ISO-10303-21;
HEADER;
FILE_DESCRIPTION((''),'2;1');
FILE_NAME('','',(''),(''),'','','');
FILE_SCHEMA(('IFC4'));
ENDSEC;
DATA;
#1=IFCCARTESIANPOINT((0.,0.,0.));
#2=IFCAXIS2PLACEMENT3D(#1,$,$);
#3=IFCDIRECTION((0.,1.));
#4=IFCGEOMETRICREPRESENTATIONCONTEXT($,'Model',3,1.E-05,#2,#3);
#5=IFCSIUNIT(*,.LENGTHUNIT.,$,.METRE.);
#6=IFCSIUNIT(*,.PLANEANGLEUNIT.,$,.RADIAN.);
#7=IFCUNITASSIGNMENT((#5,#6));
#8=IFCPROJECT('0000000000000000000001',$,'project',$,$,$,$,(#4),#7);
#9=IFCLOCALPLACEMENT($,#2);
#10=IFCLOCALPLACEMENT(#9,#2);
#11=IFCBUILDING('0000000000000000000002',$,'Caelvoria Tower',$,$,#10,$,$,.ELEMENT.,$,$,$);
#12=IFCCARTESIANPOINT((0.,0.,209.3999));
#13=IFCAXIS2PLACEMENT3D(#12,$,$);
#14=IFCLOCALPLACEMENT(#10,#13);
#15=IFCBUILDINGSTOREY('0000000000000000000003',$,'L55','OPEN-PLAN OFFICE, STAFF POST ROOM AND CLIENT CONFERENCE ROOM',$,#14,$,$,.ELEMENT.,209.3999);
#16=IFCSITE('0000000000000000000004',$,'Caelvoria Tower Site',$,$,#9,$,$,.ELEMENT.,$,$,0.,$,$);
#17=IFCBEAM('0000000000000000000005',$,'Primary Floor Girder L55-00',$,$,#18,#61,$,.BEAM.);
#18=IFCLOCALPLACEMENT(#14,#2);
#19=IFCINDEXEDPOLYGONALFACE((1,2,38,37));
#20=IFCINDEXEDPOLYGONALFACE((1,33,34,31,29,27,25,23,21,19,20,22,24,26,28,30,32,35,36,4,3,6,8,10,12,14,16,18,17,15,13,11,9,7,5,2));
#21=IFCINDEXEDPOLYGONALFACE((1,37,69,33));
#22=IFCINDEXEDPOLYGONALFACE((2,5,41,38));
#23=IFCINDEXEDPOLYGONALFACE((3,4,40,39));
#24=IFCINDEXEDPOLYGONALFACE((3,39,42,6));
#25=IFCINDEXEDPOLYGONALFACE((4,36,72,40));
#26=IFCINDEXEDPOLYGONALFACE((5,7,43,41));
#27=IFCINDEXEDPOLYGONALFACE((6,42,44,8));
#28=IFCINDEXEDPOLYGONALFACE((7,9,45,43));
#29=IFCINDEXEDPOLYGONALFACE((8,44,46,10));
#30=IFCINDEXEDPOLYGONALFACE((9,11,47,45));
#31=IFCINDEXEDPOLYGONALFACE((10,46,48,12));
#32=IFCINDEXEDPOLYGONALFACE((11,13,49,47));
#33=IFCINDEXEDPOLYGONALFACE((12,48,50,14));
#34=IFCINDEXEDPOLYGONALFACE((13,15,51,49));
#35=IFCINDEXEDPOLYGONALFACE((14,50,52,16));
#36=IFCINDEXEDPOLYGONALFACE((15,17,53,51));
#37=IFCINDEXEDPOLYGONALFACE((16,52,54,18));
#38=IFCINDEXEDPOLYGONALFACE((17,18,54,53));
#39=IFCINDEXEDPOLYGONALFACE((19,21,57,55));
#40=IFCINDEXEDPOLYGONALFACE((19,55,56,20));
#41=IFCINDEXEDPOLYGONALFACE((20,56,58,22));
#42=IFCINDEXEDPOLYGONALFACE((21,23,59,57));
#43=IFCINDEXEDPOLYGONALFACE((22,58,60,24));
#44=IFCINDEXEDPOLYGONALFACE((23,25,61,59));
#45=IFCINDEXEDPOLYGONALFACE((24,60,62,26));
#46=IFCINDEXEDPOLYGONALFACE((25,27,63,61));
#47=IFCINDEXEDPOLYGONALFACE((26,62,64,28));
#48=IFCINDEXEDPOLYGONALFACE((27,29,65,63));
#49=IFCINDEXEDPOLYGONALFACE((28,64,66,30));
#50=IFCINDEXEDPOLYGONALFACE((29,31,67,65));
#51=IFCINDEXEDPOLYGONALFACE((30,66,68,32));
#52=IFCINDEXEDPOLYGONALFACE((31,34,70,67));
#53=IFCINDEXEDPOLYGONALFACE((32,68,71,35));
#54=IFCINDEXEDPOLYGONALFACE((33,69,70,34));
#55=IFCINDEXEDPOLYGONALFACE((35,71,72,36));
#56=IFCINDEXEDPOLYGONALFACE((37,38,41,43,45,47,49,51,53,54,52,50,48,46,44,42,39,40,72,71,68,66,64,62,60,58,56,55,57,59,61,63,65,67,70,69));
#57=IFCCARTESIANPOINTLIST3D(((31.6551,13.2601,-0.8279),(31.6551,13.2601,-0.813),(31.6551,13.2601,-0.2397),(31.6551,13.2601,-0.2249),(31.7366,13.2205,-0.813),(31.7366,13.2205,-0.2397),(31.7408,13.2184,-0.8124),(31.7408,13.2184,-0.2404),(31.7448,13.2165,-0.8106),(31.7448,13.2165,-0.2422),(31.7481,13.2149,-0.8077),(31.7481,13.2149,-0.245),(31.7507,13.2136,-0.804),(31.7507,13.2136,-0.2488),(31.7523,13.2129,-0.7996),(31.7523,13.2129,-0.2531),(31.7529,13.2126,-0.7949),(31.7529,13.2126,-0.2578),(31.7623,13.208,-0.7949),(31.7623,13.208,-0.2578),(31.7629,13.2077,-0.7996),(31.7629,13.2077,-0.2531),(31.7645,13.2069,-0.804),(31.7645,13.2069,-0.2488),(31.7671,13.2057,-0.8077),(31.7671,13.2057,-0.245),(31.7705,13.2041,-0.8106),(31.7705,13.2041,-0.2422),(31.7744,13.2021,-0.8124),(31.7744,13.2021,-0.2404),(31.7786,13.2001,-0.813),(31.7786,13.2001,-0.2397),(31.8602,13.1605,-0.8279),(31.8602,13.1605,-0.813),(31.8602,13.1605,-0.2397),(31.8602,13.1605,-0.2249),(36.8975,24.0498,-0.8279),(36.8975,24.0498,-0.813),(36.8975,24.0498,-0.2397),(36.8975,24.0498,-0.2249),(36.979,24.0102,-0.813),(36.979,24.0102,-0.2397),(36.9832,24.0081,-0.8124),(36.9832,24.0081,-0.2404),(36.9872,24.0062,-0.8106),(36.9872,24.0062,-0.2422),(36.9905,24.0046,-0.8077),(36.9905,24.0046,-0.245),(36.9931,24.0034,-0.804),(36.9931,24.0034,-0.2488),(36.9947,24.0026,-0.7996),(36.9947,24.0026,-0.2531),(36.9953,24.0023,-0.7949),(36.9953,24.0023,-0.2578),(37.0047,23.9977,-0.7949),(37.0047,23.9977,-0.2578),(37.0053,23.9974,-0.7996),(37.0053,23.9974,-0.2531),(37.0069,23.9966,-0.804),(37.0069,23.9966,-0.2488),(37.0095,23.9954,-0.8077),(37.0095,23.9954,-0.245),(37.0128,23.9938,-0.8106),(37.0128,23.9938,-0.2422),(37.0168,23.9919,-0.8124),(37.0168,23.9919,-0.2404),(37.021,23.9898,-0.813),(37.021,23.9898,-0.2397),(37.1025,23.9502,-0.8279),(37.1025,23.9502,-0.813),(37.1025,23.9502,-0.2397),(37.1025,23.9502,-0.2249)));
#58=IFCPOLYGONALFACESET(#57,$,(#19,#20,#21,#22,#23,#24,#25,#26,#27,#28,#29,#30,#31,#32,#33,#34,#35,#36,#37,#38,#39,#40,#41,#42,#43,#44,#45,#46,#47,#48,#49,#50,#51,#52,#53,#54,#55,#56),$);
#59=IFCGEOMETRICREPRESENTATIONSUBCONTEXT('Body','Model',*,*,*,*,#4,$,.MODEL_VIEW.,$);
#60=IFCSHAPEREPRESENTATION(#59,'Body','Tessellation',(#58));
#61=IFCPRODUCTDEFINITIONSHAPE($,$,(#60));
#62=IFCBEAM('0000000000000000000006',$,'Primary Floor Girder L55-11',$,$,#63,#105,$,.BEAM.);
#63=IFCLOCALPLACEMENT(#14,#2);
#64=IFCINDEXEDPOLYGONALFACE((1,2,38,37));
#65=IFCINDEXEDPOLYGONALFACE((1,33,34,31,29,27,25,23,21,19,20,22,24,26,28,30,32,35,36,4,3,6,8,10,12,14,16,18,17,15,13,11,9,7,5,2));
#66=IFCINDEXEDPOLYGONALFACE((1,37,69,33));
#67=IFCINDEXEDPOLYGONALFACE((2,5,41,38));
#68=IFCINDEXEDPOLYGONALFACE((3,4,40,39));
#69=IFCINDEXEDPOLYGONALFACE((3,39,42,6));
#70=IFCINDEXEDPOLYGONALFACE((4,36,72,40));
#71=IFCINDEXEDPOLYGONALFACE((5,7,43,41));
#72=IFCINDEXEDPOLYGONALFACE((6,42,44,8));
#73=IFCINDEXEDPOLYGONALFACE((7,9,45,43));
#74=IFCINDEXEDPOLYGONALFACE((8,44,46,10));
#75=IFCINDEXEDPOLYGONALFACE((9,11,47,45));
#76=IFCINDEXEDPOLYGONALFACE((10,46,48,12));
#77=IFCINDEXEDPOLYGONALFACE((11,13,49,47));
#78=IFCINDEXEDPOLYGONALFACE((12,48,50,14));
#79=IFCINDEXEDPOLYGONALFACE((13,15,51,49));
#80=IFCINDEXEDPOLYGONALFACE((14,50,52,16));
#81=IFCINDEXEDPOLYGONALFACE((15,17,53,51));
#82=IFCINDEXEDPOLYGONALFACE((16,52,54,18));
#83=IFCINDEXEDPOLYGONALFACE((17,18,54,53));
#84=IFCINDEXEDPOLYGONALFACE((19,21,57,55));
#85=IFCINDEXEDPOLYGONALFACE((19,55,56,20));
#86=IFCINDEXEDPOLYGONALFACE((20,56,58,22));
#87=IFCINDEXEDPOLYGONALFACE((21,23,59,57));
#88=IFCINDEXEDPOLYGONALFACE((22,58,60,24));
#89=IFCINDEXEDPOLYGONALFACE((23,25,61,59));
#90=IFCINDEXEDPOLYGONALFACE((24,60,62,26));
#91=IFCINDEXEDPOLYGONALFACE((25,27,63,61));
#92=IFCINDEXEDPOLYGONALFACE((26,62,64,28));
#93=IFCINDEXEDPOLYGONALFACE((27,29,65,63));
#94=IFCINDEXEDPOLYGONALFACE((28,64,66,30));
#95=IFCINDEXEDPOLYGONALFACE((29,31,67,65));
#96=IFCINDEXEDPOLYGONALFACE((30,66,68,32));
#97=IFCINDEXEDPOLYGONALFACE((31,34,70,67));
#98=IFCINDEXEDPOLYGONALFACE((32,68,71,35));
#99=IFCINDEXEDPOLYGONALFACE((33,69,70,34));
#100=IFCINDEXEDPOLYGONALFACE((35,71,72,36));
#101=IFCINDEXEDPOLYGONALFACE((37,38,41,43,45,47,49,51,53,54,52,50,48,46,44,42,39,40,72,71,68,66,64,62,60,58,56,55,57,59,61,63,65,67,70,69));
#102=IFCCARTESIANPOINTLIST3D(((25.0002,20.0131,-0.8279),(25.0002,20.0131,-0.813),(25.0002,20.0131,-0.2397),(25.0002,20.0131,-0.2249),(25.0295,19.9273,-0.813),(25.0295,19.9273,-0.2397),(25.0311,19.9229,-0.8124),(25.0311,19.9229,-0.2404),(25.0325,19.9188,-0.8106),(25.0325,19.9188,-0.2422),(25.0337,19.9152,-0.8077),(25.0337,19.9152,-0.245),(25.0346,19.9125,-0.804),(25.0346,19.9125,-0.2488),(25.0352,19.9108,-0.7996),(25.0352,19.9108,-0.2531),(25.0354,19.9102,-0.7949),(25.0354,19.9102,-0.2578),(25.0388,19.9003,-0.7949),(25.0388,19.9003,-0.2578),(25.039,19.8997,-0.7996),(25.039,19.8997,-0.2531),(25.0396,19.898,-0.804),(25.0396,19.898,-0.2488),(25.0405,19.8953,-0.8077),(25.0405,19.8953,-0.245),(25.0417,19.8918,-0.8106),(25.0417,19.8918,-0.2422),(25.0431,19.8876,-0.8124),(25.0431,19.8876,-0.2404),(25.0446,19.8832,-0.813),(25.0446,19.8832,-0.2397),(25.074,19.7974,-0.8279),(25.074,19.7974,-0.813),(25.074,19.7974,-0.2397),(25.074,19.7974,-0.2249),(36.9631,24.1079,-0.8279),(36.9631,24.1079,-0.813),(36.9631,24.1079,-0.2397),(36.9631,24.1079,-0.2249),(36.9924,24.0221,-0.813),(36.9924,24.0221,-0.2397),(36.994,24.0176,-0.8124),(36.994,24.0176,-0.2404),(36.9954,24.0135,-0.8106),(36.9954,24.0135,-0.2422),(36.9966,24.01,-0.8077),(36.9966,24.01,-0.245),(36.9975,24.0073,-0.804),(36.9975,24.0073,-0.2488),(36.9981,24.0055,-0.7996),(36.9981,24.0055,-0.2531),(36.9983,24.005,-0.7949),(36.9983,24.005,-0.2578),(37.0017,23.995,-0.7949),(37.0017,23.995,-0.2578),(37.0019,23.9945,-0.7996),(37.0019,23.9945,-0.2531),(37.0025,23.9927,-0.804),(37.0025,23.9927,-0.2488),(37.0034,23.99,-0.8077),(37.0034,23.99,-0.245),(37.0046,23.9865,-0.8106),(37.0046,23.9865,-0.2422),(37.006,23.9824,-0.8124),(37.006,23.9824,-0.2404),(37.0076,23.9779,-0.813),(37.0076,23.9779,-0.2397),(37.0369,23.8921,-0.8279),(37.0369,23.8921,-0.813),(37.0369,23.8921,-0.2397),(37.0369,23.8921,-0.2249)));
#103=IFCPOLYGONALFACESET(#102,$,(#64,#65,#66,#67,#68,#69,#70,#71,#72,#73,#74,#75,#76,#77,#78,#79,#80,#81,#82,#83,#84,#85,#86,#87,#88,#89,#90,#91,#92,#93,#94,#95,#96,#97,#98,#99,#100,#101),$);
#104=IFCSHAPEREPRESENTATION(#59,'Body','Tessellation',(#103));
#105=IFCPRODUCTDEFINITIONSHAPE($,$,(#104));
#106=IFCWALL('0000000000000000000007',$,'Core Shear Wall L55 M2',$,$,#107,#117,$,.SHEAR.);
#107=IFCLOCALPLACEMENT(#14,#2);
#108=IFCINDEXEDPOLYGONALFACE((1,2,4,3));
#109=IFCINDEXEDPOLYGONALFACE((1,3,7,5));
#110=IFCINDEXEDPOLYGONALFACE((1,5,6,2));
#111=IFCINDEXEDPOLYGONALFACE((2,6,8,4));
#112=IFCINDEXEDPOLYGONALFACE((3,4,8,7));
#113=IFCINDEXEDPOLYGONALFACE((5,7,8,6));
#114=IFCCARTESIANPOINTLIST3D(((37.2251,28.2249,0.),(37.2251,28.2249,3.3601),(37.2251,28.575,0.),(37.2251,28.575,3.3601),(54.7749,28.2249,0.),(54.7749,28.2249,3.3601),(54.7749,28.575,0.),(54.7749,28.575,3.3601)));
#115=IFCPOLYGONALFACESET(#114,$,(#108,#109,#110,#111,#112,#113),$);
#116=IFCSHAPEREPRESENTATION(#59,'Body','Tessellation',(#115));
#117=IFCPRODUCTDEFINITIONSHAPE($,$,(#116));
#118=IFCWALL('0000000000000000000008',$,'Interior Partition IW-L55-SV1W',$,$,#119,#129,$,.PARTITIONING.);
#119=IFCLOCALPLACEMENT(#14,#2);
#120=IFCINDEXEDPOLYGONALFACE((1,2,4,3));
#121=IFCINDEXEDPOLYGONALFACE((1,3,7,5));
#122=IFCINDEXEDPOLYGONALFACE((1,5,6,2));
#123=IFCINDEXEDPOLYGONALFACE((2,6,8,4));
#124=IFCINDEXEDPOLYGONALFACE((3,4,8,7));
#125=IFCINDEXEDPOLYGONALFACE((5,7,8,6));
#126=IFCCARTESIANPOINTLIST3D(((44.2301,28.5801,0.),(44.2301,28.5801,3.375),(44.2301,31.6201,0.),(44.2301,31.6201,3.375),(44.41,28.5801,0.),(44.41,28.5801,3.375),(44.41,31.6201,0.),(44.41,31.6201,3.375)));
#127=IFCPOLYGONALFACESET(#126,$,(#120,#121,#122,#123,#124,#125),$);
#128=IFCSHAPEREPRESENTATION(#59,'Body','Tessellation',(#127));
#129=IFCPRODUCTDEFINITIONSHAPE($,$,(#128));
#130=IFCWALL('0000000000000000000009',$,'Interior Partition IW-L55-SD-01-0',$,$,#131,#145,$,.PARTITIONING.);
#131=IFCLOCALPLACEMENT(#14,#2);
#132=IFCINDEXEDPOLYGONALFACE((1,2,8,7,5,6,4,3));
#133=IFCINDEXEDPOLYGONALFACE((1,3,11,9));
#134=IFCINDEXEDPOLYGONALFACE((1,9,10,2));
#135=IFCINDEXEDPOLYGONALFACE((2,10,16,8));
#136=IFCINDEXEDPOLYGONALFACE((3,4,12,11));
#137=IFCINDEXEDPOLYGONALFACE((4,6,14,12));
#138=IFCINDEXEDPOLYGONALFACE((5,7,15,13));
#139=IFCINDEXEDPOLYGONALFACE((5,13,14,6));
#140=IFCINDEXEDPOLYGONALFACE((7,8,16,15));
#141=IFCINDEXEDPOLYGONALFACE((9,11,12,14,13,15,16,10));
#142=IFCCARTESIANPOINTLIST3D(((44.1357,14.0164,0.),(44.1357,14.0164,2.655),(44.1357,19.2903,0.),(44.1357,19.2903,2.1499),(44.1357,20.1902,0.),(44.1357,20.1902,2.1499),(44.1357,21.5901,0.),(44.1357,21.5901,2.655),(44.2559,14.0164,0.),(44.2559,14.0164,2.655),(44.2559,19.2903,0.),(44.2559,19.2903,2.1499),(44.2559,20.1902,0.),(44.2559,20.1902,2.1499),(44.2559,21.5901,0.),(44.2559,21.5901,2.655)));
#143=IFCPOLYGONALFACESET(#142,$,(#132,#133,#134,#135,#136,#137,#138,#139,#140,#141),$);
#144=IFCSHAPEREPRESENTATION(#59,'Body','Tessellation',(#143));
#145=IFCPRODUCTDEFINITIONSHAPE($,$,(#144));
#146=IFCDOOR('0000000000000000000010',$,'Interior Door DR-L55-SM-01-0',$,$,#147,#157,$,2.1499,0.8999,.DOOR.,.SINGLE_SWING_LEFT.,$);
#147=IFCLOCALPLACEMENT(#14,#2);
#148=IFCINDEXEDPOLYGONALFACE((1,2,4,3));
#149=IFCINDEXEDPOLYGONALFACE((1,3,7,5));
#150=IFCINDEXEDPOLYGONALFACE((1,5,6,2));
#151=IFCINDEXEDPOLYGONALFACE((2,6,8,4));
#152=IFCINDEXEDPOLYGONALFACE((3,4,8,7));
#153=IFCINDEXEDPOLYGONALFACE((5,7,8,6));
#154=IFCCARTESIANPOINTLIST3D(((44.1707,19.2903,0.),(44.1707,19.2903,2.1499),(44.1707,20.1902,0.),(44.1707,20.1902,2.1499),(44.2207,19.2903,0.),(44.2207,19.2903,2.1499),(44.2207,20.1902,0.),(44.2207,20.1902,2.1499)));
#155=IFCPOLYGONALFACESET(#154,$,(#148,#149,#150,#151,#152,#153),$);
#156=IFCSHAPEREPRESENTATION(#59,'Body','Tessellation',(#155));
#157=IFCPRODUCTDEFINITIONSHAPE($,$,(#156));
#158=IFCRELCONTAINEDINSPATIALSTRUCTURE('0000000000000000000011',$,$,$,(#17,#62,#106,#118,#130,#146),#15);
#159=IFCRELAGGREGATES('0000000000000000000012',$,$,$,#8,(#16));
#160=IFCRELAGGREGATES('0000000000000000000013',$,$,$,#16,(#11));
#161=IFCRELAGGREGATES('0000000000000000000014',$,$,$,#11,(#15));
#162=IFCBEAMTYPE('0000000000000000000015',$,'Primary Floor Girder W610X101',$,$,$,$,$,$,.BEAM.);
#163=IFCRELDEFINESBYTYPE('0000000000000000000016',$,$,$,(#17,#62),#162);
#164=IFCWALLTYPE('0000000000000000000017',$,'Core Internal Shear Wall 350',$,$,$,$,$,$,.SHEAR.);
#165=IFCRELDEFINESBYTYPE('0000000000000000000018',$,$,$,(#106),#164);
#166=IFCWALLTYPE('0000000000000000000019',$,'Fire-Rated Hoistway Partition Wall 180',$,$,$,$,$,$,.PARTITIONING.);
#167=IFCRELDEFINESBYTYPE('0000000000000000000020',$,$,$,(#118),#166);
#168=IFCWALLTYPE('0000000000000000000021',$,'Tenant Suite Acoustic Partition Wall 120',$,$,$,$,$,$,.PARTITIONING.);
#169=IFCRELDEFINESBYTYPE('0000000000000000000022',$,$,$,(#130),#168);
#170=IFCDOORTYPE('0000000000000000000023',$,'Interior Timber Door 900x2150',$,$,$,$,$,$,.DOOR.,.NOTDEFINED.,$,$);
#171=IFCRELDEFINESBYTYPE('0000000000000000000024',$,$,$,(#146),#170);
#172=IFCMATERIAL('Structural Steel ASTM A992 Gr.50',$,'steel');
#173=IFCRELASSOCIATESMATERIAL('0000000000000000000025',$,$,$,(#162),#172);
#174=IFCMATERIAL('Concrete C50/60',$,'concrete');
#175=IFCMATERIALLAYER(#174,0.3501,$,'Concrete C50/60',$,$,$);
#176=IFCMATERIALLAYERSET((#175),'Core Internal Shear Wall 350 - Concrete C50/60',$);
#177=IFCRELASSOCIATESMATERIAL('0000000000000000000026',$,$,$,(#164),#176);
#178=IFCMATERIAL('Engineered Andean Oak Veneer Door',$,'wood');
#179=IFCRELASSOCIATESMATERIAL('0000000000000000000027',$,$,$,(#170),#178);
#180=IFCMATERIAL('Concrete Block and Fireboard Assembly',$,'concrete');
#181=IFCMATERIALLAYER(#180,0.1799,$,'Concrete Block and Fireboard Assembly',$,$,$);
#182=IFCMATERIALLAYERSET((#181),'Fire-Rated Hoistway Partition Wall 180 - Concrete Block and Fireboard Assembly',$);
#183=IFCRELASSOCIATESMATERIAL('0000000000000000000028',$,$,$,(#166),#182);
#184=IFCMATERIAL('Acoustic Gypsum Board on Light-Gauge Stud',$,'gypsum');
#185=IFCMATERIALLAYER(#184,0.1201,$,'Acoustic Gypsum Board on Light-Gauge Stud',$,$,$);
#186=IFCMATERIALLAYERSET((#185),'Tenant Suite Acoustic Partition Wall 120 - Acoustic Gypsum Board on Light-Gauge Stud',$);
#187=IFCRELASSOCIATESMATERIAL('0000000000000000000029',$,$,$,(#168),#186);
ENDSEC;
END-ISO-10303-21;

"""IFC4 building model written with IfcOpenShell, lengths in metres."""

from ifc_helpers import new_model, si_unit, direction, frame, frame_2d, origin, origin_2d, place, context, subcontext, project, spatial, rectangle, i_section, extrude, material, layer, layer_set, material_profile, profile_set, type_object, element, fill, save


model = new_model("IFC4")

# Units and contexts
model_context = context("Model", 3, precision=1e-05, world=origin(), true_north=direction((0.0, 1.0)))
body_context = subcontext(model_context, "Body", "Model", "MODEL_VIEW")
ifc_project = project(units=[si_unit("LENGTHUNIT", "METRE"), si_unit("PLANEANGLEUNIT", "RADIAN")], contexts=[model_context])

# Site, building, storey
site_placement = place(None, origin())
site = spatial("IfcSite", under=ifc_project, at=site_placement, Name="Caelvoria Tower Site", CompositionType="ELEMENT", RefElevation=0.0)
building_placement = place(site_placement, origin())
building = spatial("IfcBuilding", under=site, at=building_placement, Name="Caelvoria Tower", CompositionType="ELEMENT")
storey_placement = place(building_placement, frame((0.0, 0.0, 209.3999)))
storey = spatial("IfcBuildingStorey", under=building, at=storey_placement, Name="L55", Description="OPEN-PLAN OFFICE, STAFF POST ROOM AND CLIENT CONFERENCE ROOM", CompositionType="ELEMENT", Elevation=209.3999)

# Beams
ifc_material_1 = material(Name="Structural Steel ASTM A992 Gr.50", Category="steel")
ifc_material_profile = material_profile(ifc_material_1, i_section(OverallWidth=0.228, OverallDepth=0.603, WebThickness=0.0105, FlangeThickness=0.0149, FilletRadius=0.0181, at=origin_2d()), Name="Structural Steel ASTM A992 Gr.50")
ifc_profile_set = profile_set([ifc_material_profile], Name="W610X101 - Structural Steel ASTM A992 Gr.50")
beam_type = type_object("IfcBeamType", Name="Primary Floor Girder W610X101", PredefinedType="BEAM", material=ifc_profile_set)
beam_1_placement = place(storey_placement, frame((37.0, 24.0, -0.5264), z_axis=(-0.437017, -0.899453, 0.0), x_axis=(0.899453, -0.437017, 0.0)))
element("IfcBeam", 1, at=beam_1_placement, inside=storey, type_object=beam_type, Name="Primary Floor Girder L55-00", PredefinedType="BEAM", context=body_context, shape_type="SweptSolid", body=[
    extrude(i_section(OverallWidth=0.228, OverallDepth=0.603, WebThickness=0.0105, FlangeThickness=0.0149, FilletRadius=0.0181, at=origin_2d()), origin(), (0.0, 0.0, 1.0), 11.9958),
])
beam_2_placement = place(storey_placement, frame((37.0, 24.0, -0.5264), z_axis=(-0.946112, -0.323841, 0.0), x_axis=(0.323841, -0.946112, 0.0)))
element("IfcBeam", 2, at=beam_2_placement, inside=storey, type_object=beam_type, Name="Primary Floor Girder L55-11", PredefinedType="BEAM", context=body_context, shape_type="SweptSolid", body=[
    extrude(i_section(OverallWidth=0.228, OverallDepth=0.603, WebThickness=0.0105, FlangeThickness=0.0149, FilletRadius=0.0181, at=origin_2d()), origin(), (0.0, 0.0, 1.0), 12.6443),
])

# Shared definitions
ifc_material_2 = material(Name="Concrete C50/60", Category="concrete")
ifc_layer_1 = layer(ifc_material_2, 0.3501, Name="Concrete C50/60")
ifc_layer_set_1 = layer_set([ifc_layer_1], Name="Core Internal Shear Wall 350 - Concrete C50/60")
wall_type_1 = type_object("IfcWallType", Name="Core Internal Shear Wall 350", PredefinedType="SHEAR", material=ifc_layer_set_1)

# Wall
wall_1_placement = place(storey_placement, frame((37.2251, 28.3999, 0.0), z_axis=(0.0, 0.0, 1.0), x_axis=(1.0, 0.0, 0.0)))
element("IfcWall", 3, at=wall_1_placement, inside=storey, type_object=wall_type_1, Name="Core Shear Wall L55 M2", PredefinedType="SHEAR", context=body_context, shape_type="SweptSolid", body=[
    extrude(rectangle(XDim=17.5498, YDim=0.3501, at=frame_2d((8.7749, 0.0))), origin(), (0.0, 0.0, 1.0), 3.3601),
])

# Shared definitions
ifc_material_3 = material(Name="Engineered Andean Oak Veneer Door", Category="wood")
door_type_1 = type_object("IfcDoorType", Name="Interior Timber Door 900x2150", OperationType="NOTDEFINED", PredefinedType="DOOR", material=ifc_material_3)

# Wall
ifc_material_4 = material(Name="Concrete Block and Fireboard Assembly", Category="concrete")
ifc_layer_2 = layer(ifc_material_4, 0.1799, Name="Concrete Block and Fireboard Assembly")
ifc_layer_set_2 = layer_set([ifc_layer_2], Name="Fire-Rated Hoistway Partition Wall 180 - Concrete Block and Fireboard Assembly")
wall_type_2 = type_object("IfcWallType", Name="Fire-Rated Hoistway Partition Wall 180", PredefinedType="PARTITIONING", material=ifc_layer_set_2)
wall_2_placement = place(storey_placement, frame((44.3201, 28.5801, 0.0), z_axis=(0.0, 0.0, 1.0), x_axis=(0.0, 1.0, 0.0)))
element("IfcWall", 4, at=wall_2_placement, inside=storey, type_object=wall_type_2, Name="Interior Partition IW-L55-SV1W", PredefinedType="PARTITIONING", context=body_context, shape_type="SweptSolid", body=[
    extrude(rectangle(XDim=3.04, YDim=0.1799, at=frame_2d((1.52, 0.0))), origin(), (0.0, 0.0, 1.0), 3.375),
])

# Wall, opening, door
ifc_material_5 = material(Name="Acoustic Gypsum Board on Light-Gauge Stud", Category="gypsum")
ifc_layer_3 = layer(ifc_material_5, 0.1201, Name="Acoustic Gypsum Board on Light-Gauge Stud")
ifc_layer_set_3 = layer_set([ifc_layer_3], Name="Tenant Suite Acoustic Partition Wall 120 - Acoustic Gypsum Board on Light-Gauge Stud")
wall_type_3 = type_object("IfcWallType", Name="Tenant Suite Acoustic Partition Wall 120", PredefinedType="PARTITIONING", material=ifc_layer_set_3)
wall_3_placement = place(storey_placement, frame((44.1958, 21.5901, 0.0), z_axis=(0.0, 0.0, 1.0), x_axis=(0.0, -1.0, 0.0)))
wall_3 = element("IfcWall", 5, at=wall_3_placement, inside=storey, type_object=wall_type_3, Name="Interior Partition IW-L55-SD-01-0", PredefinedType="PARTITIONING", context=body_context, shape_type="SweptSolid", body=[
    extrude(rectangle(XDim=7.5737, YDim=0.1201, at=frame_2d((3.7869, 0.0))), origin(), (0.0, 0.0, 1.0), 2.655),
])
opening_1_placement = place(wall_3_placement, frame((1.3999, 0.0, 0.0)))
opening_1 = element("IfcOpeningElement", 6, at=opening_1_placement, cuts=wall_3, PredefinedType="OPENING", context=body_context, shape_type="SweptSolid", body=[
    extrude(rectangle(XDim=0.8999, YDim=2.1499, at=frame_2d((0.45, 1.075))), frame((0.0, 0.0701, 0.0), z_axis=(0.0, -1.0, 0.0), x_axis=(1.0, 0.0, 0.0)), (0.0, 0.0, 1.0), 0.1401),
])
door_1_placement = place(opening_1_placement, origin())
door_1 = element("IfcDoor", 7, at=door_1_placement, inside=storey, type_object=door_type_1, Name="Interior Door DR-L55-SM-01-0", OperationType="SINGLE_SWING_LEFT", OverallHeight=2.1499, OverallWidth=0.8999, PredefinedType="DOOR", context=body_context, shape_type="SweptSolid", body=[
    extrude(rectangle(XDim=0.8999, YDim=2.1499, at=frame_2d((0.45, 1.075))), frame((0.0, 0.0249, 0.0), z_axis=(0.0, -1.0, 0.0), x_axis=(1.0, 0.0, 0.0)), (0.0, 0.0, 1.0), 0.05),
])
fill(opening_1, door_1)

save(model, "model.ifc")
